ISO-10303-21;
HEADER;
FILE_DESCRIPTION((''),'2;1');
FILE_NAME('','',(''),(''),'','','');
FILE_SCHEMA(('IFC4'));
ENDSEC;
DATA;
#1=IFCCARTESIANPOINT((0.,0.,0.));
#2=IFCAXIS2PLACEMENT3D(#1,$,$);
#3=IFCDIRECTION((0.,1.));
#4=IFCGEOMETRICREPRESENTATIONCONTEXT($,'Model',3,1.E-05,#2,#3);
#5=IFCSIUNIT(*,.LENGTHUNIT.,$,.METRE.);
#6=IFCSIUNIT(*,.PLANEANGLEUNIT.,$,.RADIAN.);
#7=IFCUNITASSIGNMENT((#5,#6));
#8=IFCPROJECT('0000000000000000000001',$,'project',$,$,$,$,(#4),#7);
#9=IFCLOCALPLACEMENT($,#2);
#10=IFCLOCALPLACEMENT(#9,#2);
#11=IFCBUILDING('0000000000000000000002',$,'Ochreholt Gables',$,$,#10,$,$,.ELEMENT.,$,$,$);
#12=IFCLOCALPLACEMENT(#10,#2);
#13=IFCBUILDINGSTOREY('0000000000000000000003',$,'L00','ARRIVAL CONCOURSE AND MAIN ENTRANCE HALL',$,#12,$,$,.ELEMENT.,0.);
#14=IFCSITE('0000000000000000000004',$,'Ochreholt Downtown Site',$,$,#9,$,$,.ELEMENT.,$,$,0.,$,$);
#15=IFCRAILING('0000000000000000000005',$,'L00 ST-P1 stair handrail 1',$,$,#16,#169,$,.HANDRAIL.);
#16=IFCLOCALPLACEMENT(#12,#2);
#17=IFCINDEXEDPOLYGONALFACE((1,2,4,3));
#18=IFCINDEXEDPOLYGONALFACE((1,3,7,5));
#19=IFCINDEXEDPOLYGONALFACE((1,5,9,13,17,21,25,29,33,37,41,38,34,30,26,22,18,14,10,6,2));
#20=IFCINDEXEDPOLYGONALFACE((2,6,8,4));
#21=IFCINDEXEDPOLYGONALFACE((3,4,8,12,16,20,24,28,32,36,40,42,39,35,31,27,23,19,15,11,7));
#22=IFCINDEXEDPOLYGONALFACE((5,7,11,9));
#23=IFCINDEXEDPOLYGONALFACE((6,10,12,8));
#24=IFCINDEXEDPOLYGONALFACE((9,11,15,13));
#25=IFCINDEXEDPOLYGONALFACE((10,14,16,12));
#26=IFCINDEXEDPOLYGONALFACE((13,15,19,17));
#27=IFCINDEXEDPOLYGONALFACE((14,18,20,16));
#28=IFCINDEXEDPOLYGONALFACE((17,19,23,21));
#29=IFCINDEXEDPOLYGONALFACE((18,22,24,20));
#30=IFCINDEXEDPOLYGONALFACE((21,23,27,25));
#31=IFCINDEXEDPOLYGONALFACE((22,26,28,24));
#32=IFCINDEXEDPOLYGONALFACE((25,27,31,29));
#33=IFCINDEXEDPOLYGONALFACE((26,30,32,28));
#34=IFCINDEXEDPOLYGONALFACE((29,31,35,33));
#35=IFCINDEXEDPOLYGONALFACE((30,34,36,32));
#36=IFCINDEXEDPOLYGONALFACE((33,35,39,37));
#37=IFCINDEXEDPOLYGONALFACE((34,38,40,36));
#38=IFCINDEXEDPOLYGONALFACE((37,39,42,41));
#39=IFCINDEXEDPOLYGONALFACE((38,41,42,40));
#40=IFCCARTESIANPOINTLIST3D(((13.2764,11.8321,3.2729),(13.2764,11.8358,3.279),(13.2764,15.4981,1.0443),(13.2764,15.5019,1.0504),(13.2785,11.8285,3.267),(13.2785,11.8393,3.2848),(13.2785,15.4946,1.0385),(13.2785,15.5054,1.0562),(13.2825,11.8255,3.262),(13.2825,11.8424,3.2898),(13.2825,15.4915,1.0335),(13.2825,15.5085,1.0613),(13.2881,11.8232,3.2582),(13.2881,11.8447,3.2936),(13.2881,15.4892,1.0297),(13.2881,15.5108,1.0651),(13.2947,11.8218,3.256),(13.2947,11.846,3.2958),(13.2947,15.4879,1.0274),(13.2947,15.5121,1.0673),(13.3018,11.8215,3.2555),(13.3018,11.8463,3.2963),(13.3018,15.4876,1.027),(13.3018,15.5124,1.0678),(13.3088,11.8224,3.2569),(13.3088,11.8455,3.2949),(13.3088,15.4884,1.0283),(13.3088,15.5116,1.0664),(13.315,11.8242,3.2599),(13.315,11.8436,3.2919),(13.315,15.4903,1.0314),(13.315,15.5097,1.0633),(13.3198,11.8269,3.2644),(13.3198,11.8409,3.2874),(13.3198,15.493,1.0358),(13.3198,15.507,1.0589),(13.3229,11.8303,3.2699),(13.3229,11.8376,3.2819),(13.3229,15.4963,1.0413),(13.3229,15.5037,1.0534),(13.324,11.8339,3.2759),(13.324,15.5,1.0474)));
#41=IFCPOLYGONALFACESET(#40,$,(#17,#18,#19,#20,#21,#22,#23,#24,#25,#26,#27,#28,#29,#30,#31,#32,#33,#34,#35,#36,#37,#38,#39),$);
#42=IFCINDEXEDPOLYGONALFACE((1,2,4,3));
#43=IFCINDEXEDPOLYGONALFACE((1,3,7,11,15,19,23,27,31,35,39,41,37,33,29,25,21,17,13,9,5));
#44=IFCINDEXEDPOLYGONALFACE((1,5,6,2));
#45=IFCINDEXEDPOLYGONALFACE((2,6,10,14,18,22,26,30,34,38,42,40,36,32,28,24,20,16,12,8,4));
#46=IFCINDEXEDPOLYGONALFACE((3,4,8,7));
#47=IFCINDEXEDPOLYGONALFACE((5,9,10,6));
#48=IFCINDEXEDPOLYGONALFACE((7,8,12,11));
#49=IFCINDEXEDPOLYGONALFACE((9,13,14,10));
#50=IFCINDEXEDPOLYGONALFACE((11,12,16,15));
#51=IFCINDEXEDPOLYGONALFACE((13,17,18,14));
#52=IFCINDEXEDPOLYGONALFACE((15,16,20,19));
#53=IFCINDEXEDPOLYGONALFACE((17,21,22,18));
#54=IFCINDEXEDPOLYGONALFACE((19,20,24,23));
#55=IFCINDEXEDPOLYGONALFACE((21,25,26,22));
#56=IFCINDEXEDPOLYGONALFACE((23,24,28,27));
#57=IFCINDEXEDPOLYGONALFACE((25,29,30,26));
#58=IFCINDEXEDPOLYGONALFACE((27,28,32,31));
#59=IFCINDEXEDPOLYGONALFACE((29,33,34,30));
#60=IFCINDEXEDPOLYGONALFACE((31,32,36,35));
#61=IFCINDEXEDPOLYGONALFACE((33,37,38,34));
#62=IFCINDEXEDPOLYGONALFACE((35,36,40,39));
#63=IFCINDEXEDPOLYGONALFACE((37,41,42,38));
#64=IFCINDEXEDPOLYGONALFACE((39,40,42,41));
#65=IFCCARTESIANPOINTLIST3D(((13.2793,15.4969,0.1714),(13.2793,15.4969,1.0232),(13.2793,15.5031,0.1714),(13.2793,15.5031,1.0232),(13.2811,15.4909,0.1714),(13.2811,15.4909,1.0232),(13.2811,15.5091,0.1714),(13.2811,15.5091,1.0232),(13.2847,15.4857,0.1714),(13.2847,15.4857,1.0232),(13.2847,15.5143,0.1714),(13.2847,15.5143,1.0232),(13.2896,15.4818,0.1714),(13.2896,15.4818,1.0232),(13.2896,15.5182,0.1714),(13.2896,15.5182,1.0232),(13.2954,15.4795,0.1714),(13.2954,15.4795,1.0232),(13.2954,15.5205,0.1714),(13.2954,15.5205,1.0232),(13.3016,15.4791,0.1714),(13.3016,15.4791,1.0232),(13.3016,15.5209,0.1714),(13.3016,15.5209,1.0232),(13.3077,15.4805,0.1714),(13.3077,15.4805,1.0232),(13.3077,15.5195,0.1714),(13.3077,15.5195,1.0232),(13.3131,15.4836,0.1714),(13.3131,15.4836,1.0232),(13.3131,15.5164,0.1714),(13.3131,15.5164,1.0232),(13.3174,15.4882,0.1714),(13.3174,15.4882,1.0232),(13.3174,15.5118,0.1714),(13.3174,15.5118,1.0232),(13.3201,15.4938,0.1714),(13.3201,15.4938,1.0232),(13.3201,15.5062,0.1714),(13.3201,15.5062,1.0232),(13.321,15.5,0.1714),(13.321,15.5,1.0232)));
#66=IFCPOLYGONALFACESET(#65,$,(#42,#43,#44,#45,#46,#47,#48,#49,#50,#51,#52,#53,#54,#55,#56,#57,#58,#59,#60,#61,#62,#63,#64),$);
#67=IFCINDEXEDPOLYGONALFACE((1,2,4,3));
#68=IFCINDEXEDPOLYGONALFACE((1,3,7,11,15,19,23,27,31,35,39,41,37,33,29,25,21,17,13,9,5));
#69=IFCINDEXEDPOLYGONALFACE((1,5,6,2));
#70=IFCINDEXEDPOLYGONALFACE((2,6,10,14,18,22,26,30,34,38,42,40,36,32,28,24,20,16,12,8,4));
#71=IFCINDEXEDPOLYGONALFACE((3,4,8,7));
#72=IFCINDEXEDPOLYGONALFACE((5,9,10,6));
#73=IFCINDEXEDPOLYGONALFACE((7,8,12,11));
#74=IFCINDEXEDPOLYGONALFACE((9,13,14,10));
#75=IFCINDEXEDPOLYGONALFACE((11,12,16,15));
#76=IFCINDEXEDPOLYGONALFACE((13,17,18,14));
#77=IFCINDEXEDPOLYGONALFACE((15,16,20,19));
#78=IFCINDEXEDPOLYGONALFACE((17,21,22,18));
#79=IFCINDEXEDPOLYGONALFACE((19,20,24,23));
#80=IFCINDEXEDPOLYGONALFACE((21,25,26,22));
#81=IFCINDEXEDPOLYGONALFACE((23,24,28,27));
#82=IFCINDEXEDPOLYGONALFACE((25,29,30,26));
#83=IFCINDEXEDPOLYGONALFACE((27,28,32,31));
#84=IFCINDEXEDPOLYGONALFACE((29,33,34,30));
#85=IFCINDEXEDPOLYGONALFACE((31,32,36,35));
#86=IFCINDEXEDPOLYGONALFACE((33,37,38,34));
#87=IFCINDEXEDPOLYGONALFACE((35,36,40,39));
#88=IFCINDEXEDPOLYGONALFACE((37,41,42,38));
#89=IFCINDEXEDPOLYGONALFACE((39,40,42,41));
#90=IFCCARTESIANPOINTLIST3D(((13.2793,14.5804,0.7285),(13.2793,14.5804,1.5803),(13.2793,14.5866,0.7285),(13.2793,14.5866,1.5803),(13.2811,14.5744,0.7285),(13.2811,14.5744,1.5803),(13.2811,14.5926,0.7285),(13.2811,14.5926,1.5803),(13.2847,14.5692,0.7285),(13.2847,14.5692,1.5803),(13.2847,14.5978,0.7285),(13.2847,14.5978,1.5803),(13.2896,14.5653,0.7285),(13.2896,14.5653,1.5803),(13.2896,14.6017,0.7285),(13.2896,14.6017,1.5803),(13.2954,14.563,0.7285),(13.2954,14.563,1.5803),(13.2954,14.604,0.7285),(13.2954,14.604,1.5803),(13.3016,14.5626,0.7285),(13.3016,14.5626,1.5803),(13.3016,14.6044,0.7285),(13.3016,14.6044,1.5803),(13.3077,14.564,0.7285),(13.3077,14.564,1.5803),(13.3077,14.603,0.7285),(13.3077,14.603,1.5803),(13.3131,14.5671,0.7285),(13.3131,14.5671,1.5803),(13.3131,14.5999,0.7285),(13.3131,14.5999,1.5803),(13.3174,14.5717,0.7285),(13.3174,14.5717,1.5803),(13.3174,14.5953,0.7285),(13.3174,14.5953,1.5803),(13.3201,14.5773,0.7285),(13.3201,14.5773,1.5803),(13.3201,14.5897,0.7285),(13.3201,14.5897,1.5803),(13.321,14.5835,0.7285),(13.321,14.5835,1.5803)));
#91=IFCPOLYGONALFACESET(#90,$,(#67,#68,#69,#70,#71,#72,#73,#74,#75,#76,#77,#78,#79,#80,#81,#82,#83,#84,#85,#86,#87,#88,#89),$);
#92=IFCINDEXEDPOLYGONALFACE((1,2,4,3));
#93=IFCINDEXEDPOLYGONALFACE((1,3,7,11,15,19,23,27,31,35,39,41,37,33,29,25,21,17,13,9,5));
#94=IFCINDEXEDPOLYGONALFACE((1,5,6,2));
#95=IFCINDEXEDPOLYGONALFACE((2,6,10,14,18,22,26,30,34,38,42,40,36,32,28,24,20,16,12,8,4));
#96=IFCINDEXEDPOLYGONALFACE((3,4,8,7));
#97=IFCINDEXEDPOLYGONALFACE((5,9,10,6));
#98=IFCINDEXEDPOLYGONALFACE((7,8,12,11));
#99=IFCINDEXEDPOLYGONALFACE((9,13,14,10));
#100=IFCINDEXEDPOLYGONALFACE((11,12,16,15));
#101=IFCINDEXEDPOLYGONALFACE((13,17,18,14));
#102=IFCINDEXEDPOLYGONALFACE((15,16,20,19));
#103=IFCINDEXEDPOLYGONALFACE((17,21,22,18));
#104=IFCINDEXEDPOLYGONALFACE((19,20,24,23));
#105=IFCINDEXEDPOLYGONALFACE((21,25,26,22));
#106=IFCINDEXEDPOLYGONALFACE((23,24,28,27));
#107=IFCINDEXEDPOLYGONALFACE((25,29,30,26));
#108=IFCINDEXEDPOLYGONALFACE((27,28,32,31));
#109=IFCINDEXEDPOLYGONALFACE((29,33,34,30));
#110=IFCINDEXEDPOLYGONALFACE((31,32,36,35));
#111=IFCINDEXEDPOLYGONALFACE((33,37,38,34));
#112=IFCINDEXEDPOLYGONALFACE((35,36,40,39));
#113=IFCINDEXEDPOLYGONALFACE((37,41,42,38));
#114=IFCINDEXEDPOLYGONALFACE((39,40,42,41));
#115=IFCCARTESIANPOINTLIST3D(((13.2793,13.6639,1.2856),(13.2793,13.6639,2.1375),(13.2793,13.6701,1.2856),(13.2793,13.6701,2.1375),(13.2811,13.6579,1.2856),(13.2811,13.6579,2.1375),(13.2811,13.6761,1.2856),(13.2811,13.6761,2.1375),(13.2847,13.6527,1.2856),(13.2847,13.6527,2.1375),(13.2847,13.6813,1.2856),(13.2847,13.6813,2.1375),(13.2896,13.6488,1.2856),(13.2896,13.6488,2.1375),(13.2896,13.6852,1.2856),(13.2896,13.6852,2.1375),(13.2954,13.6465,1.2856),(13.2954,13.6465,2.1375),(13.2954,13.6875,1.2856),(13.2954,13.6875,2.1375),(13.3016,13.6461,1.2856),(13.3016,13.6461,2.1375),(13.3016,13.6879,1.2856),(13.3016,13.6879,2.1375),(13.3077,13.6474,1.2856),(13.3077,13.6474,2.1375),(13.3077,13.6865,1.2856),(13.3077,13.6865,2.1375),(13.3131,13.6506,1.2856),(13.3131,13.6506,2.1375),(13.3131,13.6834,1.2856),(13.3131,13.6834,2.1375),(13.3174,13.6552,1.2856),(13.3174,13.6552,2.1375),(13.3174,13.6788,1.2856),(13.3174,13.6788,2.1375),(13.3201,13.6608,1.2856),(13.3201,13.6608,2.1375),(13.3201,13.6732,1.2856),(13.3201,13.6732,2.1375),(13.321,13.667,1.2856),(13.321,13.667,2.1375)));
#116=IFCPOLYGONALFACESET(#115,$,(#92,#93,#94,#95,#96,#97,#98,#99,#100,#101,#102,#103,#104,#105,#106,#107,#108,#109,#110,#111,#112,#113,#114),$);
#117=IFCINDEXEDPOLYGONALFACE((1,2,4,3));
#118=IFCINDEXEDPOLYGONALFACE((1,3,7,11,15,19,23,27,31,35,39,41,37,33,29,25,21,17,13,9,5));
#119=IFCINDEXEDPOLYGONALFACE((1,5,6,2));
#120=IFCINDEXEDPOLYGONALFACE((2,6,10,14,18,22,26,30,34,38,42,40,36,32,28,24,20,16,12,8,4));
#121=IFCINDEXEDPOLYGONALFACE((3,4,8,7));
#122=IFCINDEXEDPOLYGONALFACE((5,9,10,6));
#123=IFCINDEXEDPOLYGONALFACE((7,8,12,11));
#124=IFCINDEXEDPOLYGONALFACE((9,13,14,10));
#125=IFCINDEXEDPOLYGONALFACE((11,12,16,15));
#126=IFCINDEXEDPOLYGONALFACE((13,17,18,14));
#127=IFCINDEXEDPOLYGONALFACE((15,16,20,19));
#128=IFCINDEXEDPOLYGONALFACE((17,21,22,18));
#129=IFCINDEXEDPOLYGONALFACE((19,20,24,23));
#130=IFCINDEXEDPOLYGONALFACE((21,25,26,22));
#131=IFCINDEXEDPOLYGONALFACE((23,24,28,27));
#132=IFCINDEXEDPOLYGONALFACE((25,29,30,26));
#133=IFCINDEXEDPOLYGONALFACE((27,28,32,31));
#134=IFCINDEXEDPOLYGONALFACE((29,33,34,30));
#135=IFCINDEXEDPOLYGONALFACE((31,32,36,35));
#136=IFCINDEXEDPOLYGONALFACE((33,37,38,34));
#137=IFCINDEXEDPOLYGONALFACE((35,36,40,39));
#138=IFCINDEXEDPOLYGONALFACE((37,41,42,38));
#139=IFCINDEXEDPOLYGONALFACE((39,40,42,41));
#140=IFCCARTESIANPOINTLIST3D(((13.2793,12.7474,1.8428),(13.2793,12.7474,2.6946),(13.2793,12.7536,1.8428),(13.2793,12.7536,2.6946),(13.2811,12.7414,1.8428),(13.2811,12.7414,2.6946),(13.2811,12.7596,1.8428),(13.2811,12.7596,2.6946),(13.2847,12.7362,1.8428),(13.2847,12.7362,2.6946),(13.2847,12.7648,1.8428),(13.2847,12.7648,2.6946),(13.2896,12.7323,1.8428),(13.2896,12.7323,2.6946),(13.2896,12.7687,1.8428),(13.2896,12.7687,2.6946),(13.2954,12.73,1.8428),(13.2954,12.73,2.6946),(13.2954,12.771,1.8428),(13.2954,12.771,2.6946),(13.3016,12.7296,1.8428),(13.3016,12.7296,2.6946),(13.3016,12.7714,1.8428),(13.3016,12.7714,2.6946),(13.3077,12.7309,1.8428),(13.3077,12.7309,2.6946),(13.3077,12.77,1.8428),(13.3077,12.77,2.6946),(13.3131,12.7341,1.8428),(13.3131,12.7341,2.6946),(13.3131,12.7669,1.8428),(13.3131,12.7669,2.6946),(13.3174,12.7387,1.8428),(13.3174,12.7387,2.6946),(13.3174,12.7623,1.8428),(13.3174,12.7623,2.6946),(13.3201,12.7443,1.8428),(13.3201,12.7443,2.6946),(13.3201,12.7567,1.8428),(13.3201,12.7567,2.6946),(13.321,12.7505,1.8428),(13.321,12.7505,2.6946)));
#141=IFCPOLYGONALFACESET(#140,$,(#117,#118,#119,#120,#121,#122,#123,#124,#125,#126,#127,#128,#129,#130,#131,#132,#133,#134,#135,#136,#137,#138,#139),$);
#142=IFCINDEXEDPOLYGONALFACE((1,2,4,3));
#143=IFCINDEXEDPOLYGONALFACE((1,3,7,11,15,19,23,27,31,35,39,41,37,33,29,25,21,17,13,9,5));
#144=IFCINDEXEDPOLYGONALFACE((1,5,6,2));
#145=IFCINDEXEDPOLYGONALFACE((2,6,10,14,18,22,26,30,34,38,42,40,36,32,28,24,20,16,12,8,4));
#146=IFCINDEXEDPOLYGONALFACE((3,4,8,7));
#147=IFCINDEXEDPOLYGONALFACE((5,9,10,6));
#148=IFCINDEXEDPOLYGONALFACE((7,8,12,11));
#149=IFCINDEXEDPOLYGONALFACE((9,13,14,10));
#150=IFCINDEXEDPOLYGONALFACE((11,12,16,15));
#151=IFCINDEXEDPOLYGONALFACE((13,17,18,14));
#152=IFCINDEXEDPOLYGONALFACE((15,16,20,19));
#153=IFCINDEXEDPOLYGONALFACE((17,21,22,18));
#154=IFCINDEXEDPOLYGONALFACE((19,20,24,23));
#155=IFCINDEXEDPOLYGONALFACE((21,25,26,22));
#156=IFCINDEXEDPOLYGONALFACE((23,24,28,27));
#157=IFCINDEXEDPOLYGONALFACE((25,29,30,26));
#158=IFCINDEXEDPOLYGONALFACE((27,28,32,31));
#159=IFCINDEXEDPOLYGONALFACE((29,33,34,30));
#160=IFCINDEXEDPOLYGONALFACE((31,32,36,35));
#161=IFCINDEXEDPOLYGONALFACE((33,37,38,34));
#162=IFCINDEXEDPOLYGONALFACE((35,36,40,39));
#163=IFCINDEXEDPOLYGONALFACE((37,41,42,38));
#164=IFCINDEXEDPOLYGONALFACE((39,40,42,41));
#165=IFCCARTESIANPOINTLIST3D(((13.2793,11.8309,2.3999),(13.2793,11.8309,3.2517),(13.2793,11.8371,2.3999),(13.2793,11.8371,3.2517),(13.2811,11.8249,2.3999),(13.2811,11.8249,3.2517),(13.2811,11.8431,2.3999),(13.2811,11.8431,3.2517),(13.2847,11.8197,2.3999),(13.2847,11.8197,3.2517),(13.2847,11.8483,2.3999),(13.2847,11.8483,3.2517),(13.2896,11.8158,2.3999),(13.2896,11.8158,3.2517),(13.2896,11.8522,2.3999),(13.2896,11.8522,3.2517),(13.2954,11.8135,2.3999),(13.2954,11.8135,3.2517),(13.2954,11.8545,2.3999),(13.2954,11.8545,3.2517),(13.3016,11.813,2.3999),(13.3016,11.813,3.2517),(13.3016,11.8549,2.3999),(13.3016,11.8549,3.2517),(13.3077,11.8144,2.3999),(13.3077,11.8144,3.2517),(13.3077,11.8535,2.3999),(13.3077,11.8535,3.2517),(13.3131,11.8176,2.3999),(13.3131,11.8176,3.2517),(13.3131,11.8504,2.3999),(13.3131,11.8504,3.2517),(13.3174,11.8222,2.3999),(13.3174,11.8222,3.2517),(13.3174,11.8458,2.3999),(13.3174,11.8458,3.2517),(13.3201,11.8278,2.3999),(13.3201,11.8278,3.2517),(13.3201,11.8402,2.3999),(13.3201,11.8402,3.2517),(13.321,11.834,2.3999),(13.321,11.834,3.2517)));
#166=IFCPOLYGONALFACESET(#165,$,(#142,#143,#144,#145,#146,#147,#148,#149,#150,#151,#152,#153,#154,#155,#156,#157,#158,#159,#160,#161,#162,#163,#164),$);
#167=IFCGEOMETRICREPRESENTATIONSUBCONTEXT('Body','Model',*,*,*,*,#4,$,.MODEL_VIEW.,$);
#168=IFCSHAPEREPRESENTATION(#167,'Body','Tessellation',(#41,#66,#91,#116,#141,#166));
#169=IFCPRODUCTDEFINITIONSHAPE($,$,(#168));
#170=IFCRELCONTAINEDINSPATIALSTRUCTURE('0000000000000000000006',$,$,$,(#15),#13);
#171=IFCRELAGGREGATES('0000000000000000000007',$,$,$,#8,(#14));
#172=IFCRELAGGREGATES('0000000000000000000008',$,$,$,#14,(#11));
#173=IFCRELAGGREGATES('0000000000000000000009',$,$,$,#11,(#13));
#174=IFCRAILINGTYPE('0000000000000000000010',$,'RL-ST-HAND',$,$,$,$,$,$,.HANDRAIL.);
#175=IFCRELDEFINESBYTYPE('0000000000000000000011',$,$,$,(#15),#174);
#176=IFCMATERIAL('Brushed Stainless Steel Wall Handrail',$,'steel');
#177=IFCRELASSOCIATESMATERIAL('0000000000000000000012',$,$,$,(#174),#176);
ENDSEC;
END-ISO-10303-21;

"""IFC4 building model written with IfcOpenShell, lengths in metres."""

from ifc_helpers import new_model, si_unit, direction, frame, origin, origin_2d, place, context, subcontext, project, spatial, circle, extrude, material, type_object, element, save


model = new_model("IFC4")

# Units and contexts
model_context = context("Model", 3, precision=1e-05, world=origin(), true_north=direction((0.0, 1.0)))
body_context = subcontext(model_context, "Body", "Model", "MODEL_VIEW")
ifc_project = project(units=[si_unit("LENGTHUNIT", "METRE"), si_unit("PLANEANGLEUNIT", "RADIAN")], contexts=[model_context])

# Site, building, storey
site_placement = place(None, origin())
site = spatial("IfcSite", under=ifc_project, at=site_placement, Name="Ochreholt Downtown Site", CompositionType="ELEMENT", RefElevation=0.0)
building_placement = place(site_placement, origin())
building = spatial("IfcBuilding", under=site, at=building_placement, Name="Ochreholt Gables", CompositionType="ELEMENT")
storey_placement = place(building_placement, origin())
storey = spatial("IfcBuildingStorey", under=building, at=storey_placement, Name="L00", Description="ARRIVAL CONCOURSE AND MAIN ENTRANCE HALL", CompositionType="ELEMENT", Elevation=0.0)

# Railing
ifc_material_1 = material(Name="Brushed Stainless Steel Wall Handrail", Category="steel")
railing_type_1 = type_object("IfcRailingType", Name="RL-ST-HAND", PredefinedType="HANDRAIL", material=ifc_material_1)
railing_1_placement = place(storey_placement, frame((13.3, 15.5, 0.1714)))
element("IfcRailing", 1, at=railing_1_placement, inside=storey, type_object=railing_type_1, Name="L00 ST-P1 stair handrail 1", PredefinedType="HANDRAIL", context=body_context, shape_type="SweptSolid", body=[
    extrude(circle(Radius=0.0239, at=origin_2d()), frame((0.0, 0.0, 0.876), z_axis=(0.0, -0.854506, 0.519441), x_axis=(1.0, 0.0, 0.0)), (0.0, 0.0, 1.0), 4.2903),
    extrude(circle(Radius=0.021, at=origin_2d()), origin(), (0.0, 0.0, 1.0), 0.8518),
    extrude(circle(Radius=0.021, at=origin_2d()), frame((0.0, -0.9165, 0.5571)), (0.0, 0.0, 1.0), 0.8518),
    extrude(circle(Radius=0.021, at=origin_2d()), frame((0.0, -1.833, 1.1143)), (0.0, 0.0, 1.0), 0.8518),
    extrude(circle(Radius=0.021, at=origin_2d()), frame((0.0, -2.7495, 1.6714)), (0.0, 0.0, 1.0), 0.8518),
    extrude(circle(Radius=0.021, at=origin_2d()), frame((0.0, -3.666, 2.2285)), (0.0, 0.0, 1.0), 0.8518),
])

save(model, "model.ifc")
